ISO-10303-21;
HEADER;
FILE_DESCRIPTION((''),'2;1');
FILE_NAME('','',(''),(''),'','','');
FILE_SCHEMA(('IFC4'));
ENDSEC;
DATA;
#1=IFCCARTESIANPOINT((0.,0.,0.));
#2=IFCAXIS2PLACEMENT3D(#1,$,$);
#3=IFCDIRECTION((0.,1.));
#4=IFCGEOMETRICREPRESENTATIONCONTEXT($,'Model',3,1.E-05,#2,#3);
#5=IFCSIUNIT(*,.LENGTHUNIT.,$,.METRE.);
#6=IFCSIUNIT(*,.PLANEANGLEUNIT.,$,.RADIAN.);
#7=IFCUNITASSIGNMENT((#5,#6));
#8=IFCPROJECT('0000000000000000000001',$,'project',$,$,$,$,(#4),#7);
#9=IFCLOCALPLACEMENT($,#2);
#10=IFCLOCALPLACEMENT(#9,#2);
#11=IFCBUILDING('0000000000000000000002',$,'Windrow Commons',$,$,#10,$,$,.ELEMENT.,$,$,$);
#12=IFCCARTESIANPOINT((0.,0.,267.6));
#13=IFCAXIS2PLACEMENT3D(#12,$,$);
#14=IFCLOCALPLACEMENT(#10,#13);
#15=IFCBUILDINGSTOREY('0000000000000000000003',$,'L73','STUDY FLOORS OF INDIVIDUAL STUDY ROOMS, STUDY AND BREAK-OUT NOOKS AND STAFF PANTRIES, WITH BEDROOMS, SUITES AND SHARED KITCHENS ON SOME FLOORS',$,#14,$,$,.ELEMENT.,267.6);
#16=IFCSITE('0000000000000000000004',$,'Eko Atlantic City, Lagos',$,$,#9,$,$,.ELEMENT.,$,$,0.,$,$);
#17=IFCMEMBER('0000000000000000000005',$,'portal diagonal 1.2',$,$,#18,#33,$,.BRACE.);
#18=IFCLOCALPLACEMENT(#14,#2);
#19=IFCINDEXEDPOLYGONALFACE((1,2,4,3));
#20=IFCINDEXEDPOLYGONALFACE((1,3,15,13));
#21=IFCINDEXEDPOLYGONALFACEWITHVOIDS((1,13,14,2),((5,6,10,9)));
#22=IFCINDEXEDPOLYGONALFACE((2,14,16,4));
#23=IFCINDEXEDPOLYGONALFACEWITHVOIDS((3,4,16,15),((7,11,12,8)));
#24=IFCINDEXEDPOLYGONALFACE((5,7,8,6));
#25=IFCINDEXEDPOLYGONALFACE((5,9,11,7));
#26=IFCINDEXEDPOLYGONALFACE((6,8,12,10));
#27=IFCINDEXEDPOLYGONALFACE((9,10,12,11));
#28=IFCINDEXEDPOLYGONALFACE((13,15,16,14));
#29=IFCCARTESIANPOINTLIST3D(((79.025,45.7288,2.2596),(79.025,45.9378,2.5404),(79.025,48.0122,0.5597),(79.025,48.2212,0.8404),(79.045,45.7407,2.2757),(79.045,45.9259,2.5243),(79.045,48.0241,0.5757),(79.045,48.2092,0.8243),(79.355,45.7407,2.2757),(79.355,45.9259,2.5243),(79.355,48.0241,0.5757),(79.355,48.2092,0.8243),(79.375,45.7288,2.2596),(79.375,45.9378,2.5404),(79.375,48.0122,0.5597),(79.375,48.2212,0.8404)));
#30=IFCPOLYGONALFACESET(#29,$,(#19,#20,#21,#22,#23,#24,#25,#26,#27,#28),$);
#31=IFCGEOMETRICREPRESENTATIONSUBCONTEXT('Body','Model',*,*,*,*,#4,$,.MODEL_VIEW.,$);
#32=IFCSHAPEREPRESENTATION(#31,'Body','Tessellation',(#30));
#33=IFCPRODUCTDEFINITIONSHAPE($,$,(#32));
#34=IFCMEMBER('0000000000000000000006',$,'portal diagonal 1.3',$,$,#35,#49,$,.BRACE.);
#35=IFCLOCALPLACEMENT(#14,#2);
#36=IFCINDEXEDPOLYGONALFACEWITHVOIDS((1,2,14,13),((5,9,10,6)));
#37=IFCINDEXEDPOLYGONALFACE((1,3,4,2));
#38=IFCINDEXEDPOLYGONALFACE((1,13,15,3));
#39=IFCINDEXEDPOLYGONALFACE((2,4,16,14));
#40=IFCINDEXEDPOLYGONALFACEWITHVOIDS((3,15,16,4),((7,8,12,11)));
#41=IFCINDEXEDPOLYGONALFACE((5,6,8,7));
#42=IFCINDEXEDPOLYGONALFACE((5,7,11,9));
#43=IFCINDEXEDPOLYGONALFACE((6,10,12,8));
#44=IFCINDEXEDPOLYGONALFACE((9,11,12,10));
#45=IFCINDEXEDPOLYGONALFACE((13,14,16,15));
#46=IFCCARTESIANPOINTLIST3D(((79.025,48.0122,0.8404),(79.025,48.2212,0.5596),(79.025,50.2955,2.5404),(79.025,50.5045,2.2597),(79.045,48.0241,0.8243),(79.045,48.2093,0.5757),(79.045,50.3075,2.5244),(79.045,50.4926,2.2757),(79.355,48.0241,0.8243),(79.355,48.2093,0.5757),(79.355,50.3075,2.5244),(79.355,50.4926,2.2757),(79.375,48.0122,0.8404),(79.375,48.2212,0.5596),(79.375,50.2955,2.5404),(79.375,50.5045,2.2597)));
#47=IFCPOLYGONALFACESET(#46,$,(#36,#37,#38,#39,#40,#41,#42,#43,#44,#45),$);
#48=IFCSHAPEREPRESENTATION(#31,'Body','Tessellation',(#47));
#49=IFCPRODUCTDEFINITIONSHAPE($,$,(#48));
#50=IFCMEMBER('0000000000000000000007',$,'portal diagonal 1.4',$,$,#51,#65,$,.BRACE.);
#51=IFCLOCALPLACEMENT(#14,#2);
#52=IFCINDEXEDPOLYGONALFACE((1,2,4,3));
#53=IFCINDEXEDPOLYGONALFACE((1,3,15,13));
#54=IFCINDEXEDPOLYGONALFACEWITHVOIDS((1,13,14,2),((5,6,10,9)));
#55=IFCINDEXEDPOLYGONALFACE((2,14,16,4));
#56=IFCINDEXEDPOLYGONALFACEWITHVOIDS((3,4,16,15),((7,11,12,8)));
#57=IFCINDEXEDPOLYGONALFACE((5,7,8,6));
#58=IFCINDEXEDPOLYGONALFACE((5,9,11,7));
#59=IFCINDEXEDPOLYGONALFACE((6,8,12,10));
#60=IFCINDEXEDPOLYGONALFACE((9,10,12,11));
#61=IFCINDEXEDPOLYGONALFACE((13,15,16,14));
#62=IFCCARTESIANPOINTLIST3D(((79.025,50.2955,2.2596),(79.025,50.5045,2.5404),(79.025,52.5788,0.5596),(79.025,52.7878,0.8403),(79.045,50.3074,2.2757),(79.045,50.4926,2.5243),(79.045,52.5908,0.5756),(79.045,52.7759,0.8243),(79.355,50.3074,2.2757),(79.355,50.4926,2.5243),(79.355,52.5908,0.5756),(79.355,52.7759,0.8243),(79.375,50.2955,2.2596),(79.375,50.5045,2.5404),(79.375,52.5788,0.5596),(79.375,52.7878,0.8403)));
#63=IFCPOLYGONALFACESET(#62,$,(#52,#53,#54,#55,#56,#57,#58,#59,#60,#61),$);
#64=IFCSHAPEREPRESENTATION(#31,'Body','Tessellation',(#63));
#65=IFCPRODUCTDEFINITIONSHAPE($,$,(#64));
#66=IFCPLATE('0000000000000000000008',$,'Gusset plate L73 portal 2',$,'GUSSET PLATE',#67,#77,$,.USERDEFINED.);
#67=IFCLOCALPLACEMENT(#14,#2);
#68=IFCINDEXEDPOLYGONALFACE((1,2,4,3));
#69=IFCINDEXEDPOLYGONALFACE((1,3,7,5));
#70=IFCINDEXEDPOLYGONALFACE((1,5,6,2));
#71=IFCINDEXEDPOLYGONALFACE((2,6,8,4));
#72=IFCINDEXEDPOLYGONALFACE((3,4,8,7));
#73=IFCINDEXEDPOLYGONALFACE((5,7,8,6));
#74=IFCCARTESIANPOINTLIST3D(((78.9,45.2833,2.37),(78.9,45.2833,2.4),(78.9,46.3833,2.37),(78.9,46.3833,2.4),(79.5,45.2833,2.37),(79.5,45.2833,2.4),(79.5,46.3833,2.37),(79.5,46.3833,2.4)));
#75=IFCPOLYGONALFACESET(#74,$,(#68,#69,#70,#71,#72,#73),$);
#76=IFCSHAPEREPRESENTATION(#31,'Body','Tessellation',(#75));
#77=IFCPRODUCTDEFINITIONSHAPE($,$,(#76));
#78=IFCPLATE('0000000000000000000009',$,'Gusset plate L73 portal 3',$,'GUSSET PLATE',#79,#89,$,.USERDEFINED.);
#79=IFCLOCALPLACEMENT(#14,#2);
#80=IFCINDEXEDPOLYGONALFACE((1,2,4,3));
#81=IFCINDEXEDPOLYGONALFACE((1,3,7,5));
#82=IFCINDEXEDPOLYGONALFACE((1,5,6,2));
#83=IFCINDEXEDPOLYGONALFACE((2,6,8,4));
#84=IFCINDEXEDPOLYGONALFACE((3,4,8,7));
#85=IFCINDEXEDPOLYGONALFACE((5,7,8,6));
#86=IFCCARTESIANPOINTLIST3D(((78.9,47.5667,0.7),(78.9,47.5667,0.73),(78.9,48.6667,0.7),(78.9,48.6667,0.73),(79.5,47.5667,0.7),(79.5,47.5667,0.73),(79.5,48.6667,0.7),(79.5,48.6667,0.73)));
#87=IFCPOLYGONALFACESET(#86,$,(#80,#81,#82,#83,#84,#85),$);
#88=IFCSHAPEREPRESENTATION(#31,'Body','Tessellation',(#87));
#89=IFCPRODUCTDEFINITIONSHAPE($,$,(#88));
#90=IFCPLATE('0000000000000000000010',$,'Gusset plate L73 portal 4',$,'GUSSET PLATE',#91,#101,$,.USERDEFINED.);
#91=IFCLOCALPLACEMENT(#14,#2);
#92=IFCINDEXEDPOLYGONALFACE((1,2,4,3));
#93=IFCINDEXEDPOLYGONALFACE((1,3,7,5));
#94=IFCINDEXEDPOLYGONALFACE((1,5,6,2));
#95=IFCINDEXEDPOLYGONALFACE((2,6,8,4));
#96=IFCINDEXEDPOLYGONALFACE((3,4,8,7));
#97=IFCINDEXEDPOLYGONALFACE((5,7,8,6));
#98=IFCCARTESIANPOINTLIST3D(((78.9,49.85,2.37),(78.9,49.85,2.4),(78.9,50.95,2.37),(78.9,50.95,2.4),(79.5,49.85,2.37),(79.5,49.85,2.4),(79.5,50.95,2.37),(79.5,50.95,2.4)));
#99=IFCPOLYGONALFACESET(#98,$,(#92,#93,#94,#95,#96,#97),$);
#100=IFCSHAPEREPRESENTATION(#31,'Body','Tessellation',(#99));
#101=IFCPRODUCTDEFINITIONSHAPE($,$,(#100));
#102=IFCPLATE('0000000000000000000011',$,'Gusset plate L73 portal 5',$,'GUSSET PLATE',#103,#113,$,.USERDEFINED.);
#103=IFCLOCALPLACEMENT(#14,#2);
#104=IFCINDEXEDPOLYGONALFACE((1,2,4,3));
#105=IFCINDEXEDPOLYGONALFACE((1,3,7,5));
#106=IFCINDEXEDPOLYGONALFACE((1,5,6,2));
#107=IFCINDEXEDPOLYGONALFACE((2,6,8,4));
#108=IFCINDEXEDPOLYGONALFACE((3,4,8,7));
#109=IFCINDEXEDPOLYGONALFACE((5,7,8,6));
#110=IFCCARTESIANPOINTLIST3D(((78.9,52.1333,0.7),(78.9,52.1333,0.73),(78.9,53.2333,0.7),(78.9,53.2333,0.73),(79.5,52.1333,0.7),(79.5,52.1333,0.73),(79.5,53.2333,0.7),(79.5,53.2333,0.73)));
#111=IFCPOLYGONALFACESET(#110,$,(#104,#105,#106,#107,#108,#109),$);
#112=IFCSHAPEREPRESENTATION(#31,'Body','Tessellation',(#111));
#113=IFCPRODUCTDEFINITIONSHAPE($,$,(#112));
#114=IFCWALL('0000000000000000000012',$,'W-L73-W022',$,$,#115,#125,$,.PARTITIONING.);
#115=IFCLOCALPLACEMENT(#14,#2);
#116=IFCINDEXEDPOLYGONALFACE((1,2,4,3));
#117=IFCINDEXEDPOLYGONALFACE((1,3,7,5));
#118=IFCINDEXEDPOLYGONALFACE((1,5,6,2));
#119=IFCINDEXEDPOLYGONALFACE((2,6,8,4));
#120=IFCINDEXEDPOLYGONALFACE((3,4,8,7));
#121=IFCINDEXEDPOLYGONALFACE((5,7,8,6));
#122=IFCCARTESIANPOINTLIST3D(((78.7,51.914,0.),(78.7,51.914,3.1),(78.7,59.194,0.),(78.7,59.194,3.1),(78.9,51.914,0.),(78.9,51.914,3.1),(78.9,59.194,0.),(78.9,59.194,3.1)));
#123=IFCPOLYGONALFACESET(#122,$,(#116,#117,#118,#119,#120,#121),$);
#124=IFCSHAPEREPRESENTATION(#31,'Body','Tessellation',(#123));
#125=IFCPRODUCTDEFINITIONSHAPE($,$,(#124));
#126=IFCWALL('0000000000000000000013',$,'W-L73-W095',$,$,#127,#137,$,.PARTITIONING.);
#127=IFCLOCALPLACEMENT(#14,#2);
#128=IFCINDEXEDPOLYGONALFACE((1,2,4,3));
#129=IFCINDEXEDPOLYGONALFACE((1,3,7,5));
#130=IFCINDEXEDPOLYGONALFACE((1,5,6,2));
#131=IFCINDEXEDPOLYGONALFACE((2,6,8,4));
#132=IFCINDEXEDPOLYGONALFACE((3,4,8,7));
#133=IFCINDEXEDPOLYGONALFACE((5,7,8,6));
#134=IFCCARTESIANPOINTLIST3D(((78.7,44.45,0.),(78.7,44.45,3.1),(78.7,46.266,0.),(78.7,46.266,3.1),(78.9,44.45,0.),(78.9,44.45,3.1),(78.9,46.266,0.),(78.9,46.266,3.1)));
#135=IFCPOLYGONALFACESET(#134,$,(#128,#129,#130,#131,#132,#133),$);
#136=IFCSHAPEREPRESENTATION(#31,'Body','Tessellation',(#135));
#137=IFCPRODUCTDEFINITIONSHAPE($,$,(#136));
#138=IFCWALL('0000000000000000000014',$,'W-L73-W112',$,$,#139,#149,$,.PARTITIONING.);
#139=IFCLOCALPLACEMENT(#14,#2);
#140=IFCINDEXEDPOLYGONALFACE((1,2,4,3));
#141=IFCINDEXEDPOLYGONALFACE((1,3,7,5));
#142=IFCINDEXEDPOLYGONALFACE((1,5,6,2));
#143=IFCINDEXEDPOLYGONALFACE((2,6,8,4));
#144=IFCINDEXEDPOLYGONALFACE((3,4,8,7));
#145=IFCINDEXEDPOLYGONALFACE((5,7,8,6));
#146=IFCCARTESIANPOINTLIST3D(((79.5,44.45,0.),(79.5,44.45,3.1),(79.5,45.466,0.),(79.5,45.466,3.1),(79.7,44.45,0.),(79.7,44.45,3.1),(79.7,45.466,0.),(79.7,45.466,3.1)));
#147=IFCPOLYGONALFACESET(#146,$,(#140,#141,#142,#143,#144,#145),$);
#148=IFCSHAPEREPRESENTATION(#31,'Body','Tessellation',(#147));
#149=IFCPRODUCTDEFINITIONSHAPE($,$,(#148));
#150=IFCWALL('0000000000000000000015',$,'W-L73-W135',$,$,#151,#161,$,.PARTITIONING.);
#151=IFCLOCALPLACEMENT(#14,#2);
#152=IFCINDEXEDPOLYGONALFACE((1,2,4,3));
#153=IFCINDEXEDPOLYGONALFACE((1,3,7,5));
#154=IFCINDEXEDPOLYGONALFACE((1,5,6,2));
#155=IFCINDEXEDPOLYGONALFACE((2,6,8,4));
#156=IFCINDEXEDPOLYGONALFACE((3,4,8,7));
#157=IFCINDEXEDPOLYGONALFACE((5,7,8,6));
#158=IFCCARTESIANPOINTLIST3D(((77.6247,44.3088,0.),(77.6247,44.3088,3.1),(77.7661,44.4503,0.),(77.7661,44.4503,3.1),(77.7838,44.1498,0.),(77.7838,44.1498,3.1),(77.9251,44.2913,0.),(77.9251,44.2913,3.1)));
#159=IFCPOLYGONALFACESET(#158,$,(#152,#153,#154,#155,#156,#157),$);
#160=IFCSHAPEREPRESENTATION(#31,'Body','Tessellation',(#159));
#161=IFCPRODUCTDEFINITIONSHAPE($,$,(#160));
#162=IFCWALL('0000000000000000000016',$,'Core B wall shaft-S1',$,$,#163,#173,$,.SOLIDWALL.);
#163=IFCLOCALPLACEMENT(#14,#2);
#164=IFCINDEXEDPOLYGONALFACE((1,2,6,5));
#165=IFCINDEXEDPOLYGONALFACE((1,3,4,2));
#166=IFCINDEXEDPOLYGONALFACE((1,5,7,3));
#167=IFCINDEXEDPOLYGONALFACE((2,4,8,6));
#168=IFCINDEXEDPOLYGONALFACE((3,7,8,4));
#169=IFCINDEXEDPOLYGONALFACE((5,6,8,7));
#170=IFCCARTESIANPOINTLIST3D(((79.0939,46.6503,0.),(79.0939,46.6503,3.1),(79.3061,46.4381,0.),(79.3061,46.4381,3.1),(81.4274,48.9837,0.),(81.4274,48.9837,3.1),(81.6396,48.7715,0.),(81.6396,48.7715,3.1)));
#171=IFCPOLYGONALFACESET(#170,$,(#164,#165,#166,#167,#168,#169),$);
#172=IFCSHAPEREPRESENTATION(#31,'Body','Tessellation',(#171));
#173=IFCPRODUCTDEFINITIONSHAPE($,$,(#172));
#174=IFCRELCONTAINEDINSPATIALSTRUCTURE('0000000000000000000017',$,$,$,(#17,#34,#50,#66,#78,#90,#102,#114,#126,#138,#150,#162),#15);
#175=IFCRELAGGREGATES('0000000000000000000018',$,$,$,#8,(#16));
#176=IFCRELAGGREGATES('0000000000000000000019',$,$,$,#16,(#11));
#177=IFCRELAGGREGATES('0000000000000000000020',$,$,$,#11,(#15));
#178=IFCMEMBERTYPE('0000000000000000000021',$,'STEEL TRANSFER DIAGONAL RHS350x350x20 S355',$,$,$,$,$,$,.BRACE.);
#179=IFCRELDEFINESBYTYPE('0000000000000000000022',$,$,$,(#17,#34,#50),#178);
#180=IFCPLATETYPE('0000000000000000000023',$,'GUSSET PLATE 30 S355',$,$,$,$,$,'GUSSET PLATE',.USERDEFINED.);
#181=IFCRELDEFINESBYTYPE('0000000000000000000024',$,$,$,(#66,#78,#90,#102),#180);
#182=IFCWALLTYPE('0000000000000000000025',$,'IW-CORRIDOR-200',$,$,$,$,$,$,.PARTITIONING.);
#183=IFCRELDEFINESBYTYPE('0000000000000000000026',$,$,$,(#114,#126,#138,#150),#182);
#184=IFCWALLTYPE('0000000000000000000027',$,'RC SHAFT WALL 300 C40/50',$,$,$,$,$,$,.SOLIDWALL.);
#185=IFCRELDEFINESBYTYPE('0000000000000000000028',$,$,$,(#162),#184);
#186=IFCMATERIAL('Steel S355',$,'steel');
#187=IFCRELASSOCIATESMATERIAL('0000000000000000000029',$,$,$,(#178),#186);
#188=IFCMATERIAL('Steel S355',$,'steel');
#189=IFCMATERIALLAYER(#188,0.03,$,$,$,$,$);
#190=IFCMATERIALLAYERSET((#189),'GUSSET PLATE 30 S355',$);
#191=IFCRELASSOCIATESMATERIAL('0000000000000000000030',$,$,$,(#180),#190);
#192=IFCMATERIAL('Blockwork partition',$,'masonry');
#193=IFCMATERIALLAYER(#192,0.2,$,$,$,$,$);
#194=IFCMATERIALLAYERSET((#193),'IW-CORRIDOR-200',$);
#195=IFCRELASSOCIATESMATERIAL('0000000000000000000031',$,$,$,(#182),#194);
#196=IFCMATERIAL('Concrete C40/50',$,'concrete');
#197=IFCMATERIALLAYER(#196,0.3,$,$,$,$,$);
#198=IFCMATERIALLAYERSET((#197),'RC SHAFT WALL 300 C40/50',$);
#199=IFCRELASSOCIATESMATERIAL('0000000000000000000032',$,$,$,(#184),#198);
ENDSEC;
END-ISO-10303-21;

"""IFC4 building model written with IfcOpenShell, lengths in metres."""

from ifc_helpers import new_model, si_unit, direction, frame, frame_2d, origin, origin_2d, place, context, subcontext, project, spatial, rectangle, hollow_rectangle, extrude, material, layer, layer_set, material_profile, profile_set, type_object, element, save


model = new_model("IFC4")

# Units and contexts
model_context = context("Model", 3, precision=1e-05, world=origin(), true_north=direction((0.0, 1.0)))
body_context = subcontext(model_context, "Body", "Model", "MODEL_VIEW")
ifc_project = project(units=[si_unit("LENGTHUNIT", "METRE"), si_unit("PLANEANGLEUNIT", "RADIAN")], contexts=[model_context])

# Site, building, storey
site_placement = place(None, origin())
site = spatial("IfcSite", under=ifc_project, at=site_placement, Name="Eko Atlantic City, Lagos", CompositionType="ELEMENT", RefElevation=0.0)
building_placement = place(site_placement, origin())
building = spatial("IfcBuilding", under=site, at=building_placement, Name="Windrow Commons", CompositionType="ELEMENT")
storey_placement = place(building_placement, frame((0.0, 0.0, 267.6)))
storey = spatial("IfcBuildingStorey", under=building, at=storey_placement, Name="L73", Description="STUDY FLOORS OF INDIVIDUAL STUDY ROOMS, STUDY AND BREAK-OUT NOOKS AND STAFF PANTRIES, WITH BEDROOMS, SUITES AND SHARED KITCHENS ON SOME FLOORS", CompositionType="ELEMENT", Elevation=267.6)

# Members
ifc_material_1 = material(Name="Steel S355", Category="steel")
ifc_material_profile = material_profile(ifc_material_1, hollow_rectangle(XDim=0.35, YDim=0.35, WallThickness=0.02, at=origin_2d()))
ifc_profile_set = profile_set([ifc_material_profile], Name="Steel S355")
member_type = type_object("IfcMemberType", Name="STEEL TRANSFER DIAGONAL RHS350x350x20 S355", PredefinedType="BRACE", material=ifc_profile_set)
for number, where, z_axis, x_axis, name in (
    (1, (79.2, 45.8333, 2.4), (0.0, 0.802111, -0.597175), (-1.0, 0.0, 0.0), "portal diagonal 1.2"),
    (2, (79.2, 48.1167, 0.7), (0.0, 0.802099, 0.597192), (-1.0, 0.0, 0.0), "portal diagonal 1.3"),
    (3, (79.2, 50.4, 2.4), (0.0, 0.802099, -0.597192), (-1.0, 0.0, 0.0), "portal diagonal 1.4"),
):
    element("IfcMember", number, at=place(storey_placement, frame(where, z_axis=z_axis, x_axis=x_axis)), inside=storey, type_object=member_type, Name=name, PredefinedType="BRACE", context=body_context, shape_type="SweptSolid", body=[
        extrude(hollow_rectangle(XDim=0.35, YDim=0.35, WallThickness=0.02, at=origin_2d()), origin(), (0.0, 0.0, 1.0), 2.8467),
    ])

# Plates
ifc_material_2 = material(Name="Steel S355", Category="steel")
ifc_layer_1 = layer(ifc_material_2, 0.03)
ifc_layer_set_1 = layer_set([ifc_layer_1], Name="GUSSET PLATE 30 S355")
plate_type = type_object("IfcPlateType", Name="GUSSET PLATE 30 S355", ElementType="GUSSET PLATE", PredefinedType="USERDEFINED", material=ifc_layer_set_1)
for number, where, z_axis, x_axis, name in (
    (4, (79.2, 45.8333, 2.37), (0.0, 0.0, 1.0), (0.0, 1.0, 0.0), "Gusset plate L73 portal 2"),
    (5, (79.2, 48.1167, 0.7), (0.0, 0.0, 1.0), (0.0, 1.0, 0.0), "Gusset plate L73 portal 3"),
    (6, (79.2, 50.4, 2.37), (0.0, 0.0, 1.0), (0.0, 1.0, 0.0), "Gusset plate L73 portal 4"),
    (7, (79.2, 52.6833, 0.7), (0.0, 0.0, 1.0), (0.0, 1.0, 0.0), "Gusset plate L73 portal 5"),
):
    element("IfcPlate", number, at=place(storey_placement, frame(where, z_axis=z_axis, x_axis=x_axis)), inside=storey, type_object=plate_type, Name=name, ObjectType="GUSSET PLATE", PredefinedType="USERDEFINED", context=body_context, shape_type="SweptSolid", body=[
        extrude(rectangle(XDim=1.1, YDim=0.6, at=origin_2d()), origin(), (0.0, 0.0, 1.0), 0.03),
    ])

# Walls
ifc_material_3 = material(Name="Blockwork partition", Category="masonry")
ifc_layer_2 = layer(ifc_material_3, 0.2)
ifc_layer_set_2 = layer_set([ifc_layer_2], Name="IW-CORRIDOR-200")
wall_type_1 = type_object("IfcWallType", Name="IW-CORRIDOR-200", PredefinedType="PARTITIONING", material=ifc_layer_set_2)
wall_1_placement = place(storey_placement, frame((78.8, 51.914, 0.0), z_axis=(0.0, 0.0, 1.0), x_axis=(0.0, 1.0, 0.0)))
element("IfcWall", 8, at=wall_1_placement, inside=storey, type_object=wall_type_1, Name="W-L73-W022", PredefinedType="PARTITIONING", context=body_context, shape_type="SweptSolid", body=[
    extrude(rectangle(XDim=7.28, YDim=0.2, at=frame_2d((3.64, 0.0))), origin(), (0.0, 0.0, 1.0), 3.1),
])
wall_2_placement = place(storey_placement, frame((78.8, 44.45, 0.0), z_axis=(0.0, 0.0, 1.0), x_axis=(0.0, 1.0, 0.0)))
element("IfcWall", 9, at=wall_2_placement, inside=storey, type_object=wall_type_1, Name="W-L73-W095", PredefinedType="PARTITIONING", context=body_context, shape_type="SweptSolid", body=[
    extrude(rectangle(XDim=1.816, YDim=0.2, at=frame_2d((0.908, 0.0))), origin(), (0.0, 0.0, 1.0), 3.1),
])
wall_3_placement = place(storey_placement, frame((79.6, 44.45, 0.0), z_axis=(0.0, 0.0, 1.0), x_axis=(0.0, 1.0, 0.0)))
element("IfcWall", 10, at=wall_3_placement, inside=storey, type_object=wall_type_1, Name="W-L73-W112", PredefinedType="PARTITIONING", context=body_context, shape_type="SweptSolid", body=[
    extrude(rectangle(XDim=1.016, YDim=0.2, at=frame_2d((0.508, 0.0))), origin(), (0.0, 0.0, 1.0), 3.1),
])
wall_4_placement = place(storey_placement, frame((77.6954, 44.3795, 0.0), z_axis=(0.0, 0.0, 1.0), x_axis=(0.707329, -0.706884, 0.0)))
element("IfcWall", 11, at=wall_4_placement, inside=storey, type_object=wall_type_1, Name="W-L73-W135", PredefinedType="PARTITIONING", context=body_context, shape_type="SweptSolid", body=[
    extrude(rectangle(XDim=0.2249, YDim=0.2, at=frame_2d((0.1124, 0.0))), origin(), (0.0, 0.0, 1.0), 3.1),
])
ifc_material_4 = material(Name="Concrete C40/50", Category="concrete")
ifc_layer_3 = layer(ifc_material_4, 0.3)
ifc_layer_set_3 = layer_set([ifc_layer_3], Name="RC SHAFT WALL 300 C40/50")
wall_type_2 = type_object("IfcWallType", Name="RC SHAFT WALL 300 C40/50", PredefinedType="SOLIDWALL", material=ifc_layer_set_3)
wall_5_placement = place(storey_placement, frame((79.2, 46.5442, 0.0), z_axis=(0.0, 0.0, 1.0), x_axis=(0.707122, 0.707092, 0.0)))
element("IfcWall", 12, at=wall_5_placement, inside=storey, type_object=wall_type_2, Name="Core B wall shaft-S1", PredefinedType="SOLIDWALL", context=body_context, shape_type="SweptSolid", body=[
    extrude(rectangle(XDim=3.3, YDim=0.3, at=frame_2d((1.65, 0.0))), origin(), (0.0, 0.0, 1.0), 3.1),
])

save(model, "model.ifc")
